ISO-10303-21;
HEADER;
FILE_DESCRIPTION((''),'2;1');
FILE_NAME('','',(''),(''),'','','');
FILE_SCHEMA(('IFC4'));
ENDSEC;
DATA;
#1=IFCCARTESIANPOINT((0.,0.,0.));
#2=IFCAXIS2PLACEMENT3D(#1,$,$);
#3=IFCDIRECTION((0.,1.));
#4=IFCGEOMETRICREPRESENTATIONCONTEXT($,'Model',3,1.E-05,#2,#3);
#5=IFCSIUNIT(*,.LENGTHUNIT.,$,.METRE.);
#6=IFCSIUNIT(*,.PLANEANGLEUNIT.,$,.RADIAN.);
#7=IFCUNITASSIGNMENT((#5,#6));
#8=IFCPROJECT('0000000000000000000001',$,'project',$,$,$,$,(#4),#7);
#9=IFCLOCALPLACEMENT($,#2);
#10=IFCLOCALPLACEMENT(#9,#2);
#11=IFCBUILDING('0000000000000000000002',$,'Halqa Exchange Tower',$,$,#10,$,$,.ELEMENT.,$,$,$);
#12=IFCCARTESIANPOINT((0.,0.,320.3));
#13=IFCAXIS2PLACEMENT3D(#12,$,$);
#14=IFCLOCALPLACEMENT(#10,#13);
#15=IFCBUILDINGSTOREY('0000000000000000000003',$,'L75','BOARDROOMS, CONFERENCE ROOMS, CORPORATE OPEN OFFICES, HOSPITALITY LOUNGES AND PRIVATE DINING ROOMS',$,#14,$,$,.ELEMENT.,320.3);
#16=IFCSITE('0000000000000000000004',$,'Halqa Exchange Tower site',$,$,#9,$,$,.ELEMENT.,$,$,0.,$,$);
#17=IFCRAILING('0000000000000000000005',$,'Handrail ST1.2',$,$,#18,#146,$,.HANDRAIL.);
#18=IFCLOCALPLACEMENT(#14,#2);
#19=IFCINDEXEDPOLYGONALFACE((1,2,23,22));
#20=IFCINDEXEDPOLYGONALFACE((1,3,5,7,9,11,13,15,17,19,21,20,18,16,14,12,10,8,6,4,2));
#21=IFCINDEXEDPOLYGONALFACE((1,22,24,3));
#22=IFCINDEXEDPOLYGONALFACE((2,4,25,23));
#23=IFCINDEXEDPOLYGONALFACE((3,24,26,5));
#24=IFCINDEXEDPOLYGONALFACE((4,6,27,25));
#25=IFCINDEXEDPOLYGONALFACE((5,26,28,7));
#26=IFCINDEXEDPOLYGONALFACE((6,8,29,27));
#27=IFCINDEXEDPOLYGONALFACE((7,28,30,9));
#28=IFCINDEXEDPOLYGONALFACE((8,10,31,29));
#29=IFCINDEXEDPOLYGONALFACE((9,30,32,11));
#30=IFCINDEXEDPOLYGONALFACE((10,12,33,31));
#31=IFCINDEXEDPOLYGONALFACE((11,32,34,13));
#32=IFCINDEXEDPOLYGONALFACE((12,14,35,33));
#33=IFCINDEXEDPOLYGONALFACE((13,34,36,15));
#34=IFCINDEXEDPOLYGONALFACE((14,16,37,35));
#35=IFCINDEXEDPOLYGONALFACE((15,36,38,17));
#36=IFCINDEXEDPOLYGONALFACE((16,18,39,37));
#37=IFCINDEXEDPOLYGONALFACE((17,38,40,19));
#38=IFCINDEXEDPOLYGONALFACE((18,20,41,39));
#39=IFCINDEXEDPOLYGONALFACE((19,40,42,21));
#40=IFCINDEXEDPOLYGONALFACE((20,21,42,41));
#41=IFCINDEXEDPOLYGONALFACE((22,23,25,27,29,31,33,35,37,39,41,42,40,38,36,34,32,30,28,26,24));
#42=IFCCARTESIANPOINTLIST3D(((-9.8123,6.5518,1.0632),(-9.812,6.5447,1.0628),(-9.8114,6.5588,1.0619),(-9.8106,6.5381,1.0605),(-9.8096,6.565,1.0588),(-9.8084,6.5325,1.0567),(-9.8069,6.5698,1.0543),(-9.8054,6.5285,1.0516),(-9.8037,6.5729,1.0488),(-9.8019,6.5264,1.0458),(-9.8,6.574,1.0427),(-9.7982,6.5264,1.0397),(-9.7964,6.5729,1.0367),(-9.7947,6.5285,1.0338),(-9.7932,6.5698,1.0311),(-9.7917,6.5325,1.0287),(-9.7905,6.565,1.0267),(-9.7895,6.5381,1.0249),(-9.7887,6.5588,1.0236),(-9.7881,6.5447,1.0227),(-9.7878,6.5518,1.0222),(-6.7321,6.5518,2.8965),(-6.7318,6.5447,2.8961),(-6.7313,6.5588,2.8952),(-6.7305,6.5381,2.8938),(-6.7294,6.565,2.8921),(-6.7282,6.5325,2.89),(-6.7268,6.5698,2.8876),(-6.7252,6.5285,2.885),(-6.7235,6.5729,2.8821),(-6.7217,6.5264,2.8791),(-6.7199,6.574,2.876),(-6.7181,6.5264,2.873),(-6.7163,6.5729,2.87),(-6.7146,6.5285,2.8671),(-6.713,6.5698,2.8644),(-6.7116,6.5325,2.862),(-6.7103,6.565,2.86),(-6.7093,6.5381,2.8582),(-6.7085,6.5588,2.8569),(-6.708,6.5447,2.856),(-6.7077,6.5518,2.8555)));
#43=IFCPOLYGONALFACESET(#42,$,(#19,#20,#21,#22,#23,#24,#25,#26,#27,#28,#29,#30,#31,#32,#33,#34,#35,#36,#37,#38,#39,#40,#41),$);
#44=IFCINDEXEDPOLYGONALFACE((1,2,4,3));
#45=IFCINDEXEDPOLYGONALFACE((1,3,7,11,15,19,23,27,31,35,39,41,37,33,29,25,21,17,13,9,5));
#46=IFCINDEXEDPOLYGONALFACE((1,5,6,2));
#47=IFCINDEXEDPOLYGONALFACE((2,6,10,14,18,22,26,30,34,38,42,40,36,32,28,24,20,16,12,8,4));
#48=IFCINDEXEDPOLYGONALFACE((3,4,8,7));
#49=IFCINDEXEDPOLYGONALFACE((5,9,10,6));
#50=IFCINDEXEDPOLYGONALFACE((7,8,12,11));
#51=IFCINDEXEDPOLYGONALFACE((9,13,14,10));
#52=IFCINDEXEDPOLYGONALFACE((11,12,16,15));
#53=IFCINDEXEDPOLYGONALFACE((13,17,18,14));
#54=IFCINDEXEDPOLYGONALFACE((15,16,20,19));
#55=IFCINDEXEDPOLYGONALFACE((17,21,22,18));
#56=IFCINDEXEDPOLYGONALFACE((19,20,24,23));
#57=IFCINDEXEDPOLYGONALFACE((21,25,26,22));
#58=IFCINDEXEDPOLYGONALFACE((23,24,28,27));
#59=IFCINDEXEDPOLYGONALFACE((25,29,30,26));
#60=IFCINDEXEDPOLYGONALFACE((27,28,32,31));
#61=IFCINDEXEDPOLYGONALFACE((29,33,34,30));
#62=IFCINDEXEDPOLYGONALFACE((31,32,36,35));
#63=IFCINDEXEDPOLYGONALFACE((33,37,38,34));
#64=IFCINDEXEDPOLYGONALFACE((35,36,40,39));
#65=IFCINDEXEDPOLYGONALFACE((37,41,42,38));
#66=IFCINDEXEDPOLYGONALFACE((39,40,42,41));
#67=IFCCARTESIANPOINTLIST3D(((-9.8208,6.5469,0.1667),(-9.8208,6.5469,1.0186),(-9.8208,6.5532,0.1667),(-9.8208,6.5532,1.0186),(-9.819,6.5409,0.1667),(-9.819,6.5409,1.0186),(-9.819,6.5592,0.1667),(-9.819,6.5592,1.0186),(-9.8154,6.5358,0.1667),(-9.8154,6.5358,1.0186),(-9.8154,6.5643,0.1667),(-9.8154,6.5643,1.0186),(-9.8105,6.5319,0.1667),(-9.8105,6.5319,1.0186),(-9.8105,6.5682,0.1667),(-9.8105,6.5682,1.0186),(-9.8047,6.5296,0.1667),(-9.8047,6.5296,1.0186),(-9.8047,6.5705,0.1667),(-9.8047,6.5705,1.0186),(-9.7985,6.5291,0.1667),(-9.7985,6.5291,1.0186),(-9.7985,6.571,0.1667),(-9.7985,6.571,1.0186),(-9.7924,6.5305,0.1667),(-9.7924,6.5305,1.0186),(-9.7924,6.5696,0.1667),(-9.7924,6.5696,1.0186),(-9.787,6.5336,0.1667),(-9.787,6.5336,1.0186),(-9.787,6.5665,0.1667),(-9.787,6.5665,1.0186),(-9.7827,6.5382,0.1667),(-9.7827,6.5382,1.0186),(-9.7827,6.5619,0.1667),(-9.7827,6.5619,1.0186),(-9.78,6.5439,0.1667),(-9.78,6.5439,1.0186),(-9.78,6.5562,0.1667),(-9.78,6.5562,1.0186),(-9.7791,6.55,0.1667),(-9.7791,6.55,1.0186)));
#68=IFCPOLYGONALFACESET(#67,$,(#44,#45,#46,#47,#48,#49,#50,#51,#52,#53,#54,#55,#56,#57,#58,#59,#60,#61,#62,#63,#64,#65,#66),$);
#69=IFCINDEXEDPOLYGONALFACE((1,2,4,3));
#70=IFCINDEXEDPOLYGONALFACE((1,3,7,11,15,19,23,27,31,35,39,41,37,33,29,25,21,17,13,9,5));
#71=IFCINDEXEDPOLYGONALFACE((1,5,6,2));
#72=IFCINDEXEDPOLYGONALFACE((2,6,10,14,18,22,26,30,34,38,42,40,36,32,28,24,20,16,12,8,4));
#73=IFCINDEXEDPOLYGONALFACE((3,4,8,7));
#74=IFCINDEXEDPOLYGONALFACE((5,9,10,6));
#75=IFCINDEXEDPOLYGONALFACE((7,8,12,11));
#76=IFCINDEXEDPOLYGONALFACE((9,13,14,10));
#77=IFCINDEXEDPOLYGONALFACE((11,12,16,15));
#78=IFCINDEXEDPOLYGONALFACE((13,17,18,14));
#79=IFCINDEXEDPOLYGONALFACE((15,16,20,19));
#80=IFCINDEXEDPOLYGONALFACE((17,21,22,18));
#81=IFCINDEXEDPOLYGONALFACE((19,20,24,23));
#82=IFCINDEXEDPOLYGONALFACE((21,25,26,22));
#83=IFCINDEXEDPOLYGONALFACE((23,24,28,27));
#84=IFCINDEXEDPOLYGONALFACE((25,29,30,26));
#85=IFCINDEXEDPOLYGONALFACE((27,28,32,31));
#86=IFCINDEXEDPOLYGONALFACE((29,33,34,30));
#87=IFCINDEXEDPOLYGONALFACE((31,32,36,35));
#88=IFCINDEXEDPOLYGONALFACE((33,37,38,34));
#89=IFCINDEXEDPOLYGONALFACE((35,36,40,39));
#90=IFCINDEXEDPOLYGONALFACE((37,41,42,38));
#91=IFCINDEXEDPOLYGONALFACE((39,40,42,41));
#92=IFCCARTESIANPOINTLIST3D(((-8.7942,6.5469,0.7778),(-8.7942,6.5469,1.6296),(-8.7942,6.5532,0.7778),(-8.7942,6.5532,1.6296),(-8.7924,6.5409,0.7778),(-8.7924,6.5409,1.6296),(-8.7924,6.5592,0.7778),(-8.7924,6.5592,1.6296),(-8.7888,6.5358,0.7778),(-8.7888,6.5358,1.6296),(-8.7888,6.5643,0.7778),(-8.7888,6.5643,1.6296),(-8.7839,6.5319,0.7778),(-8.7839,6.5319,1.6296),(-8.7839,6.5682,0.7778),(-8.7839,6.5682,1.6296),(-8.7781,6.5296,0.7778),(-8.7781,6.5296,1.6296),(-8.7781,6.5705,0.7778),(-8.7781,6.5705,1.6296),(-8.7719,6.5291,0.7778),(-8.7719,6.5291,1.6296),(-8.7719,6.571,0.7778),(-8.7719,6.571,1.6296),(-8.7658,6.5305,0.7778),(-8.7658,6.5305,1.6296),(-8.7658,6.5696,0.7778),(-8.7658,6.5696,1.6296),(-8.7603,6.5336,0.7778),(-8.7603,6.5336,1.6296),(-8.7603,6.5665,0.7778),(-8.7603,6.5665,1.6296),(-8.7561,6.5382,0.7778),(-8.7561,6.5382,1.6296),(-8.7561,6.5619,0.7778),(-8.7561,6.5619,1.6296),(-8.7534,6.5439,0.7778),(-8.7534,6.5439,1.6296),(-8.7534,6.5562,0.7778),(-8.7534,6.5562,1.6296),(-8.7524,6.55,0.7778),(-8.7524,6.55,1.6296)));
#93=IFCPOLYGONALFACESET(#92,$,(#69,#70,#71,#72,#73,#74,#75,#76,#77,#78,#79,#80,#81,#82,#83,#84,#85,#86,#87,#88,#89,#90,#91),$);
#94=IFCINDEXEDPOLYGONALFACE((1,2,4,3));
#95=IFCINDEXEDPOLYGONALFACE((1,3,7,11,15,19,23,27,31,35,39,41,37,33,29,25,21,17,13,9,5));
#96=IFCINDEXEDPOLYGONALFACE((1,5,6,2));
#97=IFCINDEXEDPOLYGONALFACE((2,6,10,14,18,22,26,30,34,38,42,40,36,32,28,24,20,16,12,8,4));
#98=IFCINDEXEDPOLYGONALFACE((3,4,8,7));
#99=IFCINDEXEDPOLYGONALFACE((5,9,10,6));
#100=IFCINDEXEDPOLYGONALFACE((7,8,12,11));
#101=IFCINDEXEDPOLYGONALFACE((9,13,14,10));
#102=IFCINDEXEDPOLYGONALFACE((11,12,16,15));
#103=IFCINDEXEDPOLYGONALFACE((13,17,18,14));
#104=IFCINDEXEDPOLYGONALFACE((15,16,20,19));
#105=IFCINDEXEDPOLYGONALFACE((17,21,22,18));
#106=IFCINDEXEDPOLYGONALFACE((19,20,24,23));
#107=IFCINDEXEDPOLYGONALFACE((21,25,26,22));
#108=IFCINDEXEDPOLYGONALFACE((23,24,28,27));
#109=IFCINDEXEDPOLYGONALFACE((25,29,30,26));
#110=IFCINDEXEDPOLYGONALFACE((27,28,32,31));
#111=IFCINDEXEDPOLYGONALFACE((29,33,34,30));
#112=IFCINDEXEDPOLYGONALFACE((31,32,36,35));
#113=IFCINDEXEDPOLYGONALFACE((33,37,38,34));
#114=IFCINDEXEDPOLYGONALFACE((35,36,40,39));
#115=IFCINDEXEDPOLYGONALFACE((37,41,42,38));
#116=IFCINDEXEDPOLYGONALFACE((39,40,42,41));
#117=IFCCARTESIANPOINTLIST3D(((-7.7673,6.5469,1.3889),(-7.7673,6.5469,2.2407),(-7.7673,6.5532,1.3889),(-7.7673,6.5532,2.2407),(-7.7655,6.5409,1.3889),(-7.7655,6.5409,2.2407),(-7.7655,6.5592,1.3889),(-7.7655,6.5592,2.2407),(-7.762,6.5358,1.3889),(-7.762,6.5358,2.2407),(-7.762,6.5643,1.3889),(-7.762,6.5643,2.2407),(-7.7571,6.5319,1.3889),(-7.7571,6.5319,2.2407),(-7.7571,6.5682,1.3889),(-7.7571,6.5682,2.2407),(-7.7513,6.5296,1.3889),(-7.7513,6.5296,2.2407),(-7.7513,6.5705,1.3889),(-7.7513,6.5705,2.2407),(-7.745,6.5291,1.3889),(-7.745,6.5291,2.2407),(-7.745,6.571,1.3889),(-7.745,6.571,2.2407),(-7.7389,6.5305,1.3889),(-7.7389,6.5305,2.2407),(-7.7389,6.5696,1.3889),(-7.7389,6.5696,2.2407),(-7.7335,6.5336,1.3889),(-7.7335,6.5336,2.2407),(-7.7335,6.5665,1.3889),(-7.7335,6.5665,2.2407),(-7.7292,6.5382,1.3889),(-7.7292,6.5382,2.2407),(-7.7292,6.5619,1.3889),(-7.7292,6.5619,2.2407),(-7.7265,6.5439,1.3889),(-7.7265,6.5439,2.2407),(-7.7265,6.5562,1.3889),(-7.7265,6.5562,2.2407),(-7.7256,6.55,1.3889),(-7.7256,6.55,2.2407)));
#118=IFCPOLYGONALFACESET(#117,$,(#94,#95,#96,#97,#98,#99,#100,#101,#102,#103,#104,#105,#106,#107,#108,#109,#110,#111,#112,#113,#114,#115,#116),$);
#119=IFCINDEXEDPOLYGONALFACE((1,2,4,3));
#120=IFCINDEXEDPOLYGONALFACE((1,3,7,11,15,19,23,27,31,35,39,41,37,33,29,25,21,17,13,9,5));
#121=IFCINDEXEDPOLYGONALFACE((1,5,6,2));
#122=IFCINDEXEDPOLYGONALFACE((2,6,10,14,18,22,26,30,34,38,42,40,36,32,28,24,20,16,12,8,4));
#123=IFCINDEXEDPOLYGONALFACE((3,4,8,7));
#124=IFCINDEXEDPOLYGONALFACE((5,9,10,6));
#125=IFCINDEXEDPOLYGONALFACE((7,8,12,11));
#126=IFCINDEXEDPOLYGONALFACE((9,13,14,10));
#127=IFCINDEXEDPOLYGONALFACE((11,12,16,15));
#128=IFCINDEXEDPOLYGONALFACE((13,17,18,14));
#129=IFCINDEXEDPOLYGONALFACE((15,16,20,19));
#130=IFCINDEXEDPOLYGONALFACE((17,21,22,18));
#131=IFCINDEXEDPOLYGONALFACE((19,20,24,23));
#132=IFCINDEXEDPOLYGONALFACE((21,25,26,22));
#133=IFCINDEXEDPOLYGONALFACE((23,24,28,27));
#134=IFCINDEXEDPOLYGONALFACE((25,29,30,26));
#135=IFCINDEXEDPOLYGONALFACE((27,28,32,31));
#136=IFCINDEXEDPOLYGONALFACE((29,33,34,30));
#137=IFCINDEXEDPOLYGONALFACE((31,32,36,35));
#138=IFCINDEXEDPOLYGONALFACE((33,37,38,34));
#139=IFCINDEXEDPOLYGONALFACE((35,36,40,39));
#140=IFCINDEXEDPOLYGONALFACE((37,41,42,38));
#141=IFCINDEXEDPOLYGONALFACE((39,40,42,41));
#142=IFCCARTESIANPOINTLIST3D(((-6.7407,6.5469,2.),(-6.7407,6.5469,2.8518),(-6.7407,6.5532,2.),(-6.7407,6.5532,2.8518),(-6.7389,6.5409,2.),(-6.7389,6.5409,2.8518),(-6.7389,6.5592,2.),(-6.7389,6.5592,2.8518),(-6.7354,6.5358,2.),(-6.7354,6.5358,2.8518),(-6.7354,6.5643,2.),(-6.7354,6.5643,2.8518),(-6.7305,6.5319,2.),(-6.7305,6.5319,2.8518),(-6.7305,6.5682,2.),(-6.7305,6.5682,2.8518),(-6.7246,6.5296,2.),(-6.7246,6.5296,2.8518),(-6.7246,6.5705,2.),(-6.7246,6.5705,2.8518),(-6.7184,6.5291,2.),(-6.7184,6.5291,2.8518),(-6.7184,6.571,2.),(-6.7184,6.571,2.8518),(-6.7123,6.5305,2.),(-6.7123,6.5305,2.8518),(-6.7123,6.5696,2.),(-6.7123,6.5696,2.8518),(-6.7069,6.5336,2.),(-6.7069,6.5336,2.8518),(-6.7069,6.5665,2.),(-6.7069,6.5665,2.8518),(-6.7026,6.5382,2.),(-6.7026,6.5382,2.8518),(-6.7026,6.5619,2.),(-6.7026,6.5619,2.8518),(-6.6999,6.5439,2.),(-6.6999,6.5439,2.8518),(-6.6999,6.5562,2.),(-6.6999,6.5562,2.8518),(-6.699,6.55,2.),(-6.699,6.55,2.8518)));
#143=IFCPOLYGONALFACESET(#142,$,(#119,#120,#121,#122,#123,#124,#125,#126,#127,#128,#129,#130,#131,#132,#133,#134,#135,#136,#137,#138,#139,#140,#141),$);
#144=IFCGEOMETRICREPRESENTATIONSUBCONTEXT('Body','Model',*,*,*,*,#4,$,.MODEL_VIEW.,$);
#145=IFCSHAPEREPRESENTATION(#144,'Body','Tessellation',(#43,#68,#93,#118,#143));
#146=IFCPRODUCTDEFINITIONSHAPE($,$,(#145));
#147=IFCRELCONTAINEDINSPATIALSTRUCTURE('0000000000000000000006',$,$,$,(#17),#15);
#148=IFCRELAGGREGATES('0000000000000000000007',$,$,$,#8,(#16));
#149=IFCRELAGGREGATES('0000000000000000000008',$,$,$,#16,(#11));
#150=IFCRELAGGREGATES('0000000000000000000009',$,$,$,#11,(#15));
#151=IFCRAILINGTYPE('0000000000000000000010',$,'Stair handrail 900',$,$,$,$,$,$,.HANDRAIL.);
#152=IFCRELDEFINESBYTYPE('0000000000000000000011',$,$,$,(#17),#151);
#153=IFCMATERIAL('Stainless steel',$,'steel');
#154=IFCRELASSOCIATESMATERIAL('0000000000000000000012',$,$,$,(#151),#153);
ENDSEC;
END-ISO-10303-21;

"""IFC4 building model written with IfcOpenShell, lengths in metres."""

from ifc_helpers import new_model, si_unit, direction, frame, origin, origin_2d, place, context, subcontext, project, spatial, circle, extrude, material, type_object, element, save


model = new_model("IFC4")

# Units and contexts
model_context = context("Model", 3, precision=1e-05, world=origin(), true_north=direction((0.0, 1.0)))
body_context = subcontext(model_context, "Body", "Model", "MODEL_VIEW")
ifc_project = project(units=[si_unit("LENGTHUNIT", "METRE"), si_unit("PLANEANGLEUNIT", "RADIAN")], contexts=[model_context])

# Site, building, storey
site_placement = place(None, origin())
site = spatial("IfcSite", under=ifc_project, at=site_placement, Name="Halqa Exchange Tower site", CompositionType="ELEMENT", RefElevation=0.0)
building_placement = place(site_placement, origin())
building = spatial("IfcBuilding", under=site, at=building_placement, Name="Halqa Exchange Tower", CompositionType="ELEMENT")
storey_placement = place(building_placement, frame((0.0, 0.0, 320.3)))
storey = spatial("IfcBuildingStorey", under=building, at=storey_placement, Name="L75", Description="BOARDROOMS, CONFERENCE ROOMS, CORPORATE OPEN OFFICES, HOSPITALITY LOUNGES AND PRIVATE DINING ROOMS", CompositionType="ELEMENT", Elevation=320.3)

# Shared definitions
ifc_material_1 = material(Name="Stainless steel", Category="steel")

# Railing
railing_type_1 = type_object("IfcRailingType", Name="Stair handrail 900", PredefinedType="HANDRAIL", material=ifc_material_1)
railing_1_placement = place(storey_placement, frame((-9.8, 6.55, 0.1667)))
element("IfcRailing", 1, at=railing_1_placement, inside=storey, type_object=railing_type_1, Name="Handrail ST1.2", PredefinedType="HANDRAIL", context=body_context, shape_type="SweptSolid", body=[
    extrude(circle(Radius=0.0239, at=origin_2d()), frame((0.0, 0.0, 0.876), z_axis=(0.859309, 0.0, 0.511458), x_axis=(0.0, 1.0, 0.0)), (0.0, 0.0, 1.0), 3.5845),
    extrude(circle(Radius=0.021, at=origin_2d()), origin(), (0.0, 0.0, 1.0), 0.8518),
    extrude(circle(Radius=0.021, at=origin_2d()), frame((1.0266, 0.0, 0.6111)), (0.0, 0.0, 1.0), 0.8518),
    extrude(circle(Radius=0.021, at=origin_2d()), frame((2.0535, 0.0, 1.2222)), (0.0, 0.0, 1.0), 0.8518),
    extrude(circle(Radius=0.021, at=origin_2d()), frame((3.0801, 0.0, 1.8333)), (0.0, 0.0, 1.0), 0.8518),
])

save(model, "model.ifc")
